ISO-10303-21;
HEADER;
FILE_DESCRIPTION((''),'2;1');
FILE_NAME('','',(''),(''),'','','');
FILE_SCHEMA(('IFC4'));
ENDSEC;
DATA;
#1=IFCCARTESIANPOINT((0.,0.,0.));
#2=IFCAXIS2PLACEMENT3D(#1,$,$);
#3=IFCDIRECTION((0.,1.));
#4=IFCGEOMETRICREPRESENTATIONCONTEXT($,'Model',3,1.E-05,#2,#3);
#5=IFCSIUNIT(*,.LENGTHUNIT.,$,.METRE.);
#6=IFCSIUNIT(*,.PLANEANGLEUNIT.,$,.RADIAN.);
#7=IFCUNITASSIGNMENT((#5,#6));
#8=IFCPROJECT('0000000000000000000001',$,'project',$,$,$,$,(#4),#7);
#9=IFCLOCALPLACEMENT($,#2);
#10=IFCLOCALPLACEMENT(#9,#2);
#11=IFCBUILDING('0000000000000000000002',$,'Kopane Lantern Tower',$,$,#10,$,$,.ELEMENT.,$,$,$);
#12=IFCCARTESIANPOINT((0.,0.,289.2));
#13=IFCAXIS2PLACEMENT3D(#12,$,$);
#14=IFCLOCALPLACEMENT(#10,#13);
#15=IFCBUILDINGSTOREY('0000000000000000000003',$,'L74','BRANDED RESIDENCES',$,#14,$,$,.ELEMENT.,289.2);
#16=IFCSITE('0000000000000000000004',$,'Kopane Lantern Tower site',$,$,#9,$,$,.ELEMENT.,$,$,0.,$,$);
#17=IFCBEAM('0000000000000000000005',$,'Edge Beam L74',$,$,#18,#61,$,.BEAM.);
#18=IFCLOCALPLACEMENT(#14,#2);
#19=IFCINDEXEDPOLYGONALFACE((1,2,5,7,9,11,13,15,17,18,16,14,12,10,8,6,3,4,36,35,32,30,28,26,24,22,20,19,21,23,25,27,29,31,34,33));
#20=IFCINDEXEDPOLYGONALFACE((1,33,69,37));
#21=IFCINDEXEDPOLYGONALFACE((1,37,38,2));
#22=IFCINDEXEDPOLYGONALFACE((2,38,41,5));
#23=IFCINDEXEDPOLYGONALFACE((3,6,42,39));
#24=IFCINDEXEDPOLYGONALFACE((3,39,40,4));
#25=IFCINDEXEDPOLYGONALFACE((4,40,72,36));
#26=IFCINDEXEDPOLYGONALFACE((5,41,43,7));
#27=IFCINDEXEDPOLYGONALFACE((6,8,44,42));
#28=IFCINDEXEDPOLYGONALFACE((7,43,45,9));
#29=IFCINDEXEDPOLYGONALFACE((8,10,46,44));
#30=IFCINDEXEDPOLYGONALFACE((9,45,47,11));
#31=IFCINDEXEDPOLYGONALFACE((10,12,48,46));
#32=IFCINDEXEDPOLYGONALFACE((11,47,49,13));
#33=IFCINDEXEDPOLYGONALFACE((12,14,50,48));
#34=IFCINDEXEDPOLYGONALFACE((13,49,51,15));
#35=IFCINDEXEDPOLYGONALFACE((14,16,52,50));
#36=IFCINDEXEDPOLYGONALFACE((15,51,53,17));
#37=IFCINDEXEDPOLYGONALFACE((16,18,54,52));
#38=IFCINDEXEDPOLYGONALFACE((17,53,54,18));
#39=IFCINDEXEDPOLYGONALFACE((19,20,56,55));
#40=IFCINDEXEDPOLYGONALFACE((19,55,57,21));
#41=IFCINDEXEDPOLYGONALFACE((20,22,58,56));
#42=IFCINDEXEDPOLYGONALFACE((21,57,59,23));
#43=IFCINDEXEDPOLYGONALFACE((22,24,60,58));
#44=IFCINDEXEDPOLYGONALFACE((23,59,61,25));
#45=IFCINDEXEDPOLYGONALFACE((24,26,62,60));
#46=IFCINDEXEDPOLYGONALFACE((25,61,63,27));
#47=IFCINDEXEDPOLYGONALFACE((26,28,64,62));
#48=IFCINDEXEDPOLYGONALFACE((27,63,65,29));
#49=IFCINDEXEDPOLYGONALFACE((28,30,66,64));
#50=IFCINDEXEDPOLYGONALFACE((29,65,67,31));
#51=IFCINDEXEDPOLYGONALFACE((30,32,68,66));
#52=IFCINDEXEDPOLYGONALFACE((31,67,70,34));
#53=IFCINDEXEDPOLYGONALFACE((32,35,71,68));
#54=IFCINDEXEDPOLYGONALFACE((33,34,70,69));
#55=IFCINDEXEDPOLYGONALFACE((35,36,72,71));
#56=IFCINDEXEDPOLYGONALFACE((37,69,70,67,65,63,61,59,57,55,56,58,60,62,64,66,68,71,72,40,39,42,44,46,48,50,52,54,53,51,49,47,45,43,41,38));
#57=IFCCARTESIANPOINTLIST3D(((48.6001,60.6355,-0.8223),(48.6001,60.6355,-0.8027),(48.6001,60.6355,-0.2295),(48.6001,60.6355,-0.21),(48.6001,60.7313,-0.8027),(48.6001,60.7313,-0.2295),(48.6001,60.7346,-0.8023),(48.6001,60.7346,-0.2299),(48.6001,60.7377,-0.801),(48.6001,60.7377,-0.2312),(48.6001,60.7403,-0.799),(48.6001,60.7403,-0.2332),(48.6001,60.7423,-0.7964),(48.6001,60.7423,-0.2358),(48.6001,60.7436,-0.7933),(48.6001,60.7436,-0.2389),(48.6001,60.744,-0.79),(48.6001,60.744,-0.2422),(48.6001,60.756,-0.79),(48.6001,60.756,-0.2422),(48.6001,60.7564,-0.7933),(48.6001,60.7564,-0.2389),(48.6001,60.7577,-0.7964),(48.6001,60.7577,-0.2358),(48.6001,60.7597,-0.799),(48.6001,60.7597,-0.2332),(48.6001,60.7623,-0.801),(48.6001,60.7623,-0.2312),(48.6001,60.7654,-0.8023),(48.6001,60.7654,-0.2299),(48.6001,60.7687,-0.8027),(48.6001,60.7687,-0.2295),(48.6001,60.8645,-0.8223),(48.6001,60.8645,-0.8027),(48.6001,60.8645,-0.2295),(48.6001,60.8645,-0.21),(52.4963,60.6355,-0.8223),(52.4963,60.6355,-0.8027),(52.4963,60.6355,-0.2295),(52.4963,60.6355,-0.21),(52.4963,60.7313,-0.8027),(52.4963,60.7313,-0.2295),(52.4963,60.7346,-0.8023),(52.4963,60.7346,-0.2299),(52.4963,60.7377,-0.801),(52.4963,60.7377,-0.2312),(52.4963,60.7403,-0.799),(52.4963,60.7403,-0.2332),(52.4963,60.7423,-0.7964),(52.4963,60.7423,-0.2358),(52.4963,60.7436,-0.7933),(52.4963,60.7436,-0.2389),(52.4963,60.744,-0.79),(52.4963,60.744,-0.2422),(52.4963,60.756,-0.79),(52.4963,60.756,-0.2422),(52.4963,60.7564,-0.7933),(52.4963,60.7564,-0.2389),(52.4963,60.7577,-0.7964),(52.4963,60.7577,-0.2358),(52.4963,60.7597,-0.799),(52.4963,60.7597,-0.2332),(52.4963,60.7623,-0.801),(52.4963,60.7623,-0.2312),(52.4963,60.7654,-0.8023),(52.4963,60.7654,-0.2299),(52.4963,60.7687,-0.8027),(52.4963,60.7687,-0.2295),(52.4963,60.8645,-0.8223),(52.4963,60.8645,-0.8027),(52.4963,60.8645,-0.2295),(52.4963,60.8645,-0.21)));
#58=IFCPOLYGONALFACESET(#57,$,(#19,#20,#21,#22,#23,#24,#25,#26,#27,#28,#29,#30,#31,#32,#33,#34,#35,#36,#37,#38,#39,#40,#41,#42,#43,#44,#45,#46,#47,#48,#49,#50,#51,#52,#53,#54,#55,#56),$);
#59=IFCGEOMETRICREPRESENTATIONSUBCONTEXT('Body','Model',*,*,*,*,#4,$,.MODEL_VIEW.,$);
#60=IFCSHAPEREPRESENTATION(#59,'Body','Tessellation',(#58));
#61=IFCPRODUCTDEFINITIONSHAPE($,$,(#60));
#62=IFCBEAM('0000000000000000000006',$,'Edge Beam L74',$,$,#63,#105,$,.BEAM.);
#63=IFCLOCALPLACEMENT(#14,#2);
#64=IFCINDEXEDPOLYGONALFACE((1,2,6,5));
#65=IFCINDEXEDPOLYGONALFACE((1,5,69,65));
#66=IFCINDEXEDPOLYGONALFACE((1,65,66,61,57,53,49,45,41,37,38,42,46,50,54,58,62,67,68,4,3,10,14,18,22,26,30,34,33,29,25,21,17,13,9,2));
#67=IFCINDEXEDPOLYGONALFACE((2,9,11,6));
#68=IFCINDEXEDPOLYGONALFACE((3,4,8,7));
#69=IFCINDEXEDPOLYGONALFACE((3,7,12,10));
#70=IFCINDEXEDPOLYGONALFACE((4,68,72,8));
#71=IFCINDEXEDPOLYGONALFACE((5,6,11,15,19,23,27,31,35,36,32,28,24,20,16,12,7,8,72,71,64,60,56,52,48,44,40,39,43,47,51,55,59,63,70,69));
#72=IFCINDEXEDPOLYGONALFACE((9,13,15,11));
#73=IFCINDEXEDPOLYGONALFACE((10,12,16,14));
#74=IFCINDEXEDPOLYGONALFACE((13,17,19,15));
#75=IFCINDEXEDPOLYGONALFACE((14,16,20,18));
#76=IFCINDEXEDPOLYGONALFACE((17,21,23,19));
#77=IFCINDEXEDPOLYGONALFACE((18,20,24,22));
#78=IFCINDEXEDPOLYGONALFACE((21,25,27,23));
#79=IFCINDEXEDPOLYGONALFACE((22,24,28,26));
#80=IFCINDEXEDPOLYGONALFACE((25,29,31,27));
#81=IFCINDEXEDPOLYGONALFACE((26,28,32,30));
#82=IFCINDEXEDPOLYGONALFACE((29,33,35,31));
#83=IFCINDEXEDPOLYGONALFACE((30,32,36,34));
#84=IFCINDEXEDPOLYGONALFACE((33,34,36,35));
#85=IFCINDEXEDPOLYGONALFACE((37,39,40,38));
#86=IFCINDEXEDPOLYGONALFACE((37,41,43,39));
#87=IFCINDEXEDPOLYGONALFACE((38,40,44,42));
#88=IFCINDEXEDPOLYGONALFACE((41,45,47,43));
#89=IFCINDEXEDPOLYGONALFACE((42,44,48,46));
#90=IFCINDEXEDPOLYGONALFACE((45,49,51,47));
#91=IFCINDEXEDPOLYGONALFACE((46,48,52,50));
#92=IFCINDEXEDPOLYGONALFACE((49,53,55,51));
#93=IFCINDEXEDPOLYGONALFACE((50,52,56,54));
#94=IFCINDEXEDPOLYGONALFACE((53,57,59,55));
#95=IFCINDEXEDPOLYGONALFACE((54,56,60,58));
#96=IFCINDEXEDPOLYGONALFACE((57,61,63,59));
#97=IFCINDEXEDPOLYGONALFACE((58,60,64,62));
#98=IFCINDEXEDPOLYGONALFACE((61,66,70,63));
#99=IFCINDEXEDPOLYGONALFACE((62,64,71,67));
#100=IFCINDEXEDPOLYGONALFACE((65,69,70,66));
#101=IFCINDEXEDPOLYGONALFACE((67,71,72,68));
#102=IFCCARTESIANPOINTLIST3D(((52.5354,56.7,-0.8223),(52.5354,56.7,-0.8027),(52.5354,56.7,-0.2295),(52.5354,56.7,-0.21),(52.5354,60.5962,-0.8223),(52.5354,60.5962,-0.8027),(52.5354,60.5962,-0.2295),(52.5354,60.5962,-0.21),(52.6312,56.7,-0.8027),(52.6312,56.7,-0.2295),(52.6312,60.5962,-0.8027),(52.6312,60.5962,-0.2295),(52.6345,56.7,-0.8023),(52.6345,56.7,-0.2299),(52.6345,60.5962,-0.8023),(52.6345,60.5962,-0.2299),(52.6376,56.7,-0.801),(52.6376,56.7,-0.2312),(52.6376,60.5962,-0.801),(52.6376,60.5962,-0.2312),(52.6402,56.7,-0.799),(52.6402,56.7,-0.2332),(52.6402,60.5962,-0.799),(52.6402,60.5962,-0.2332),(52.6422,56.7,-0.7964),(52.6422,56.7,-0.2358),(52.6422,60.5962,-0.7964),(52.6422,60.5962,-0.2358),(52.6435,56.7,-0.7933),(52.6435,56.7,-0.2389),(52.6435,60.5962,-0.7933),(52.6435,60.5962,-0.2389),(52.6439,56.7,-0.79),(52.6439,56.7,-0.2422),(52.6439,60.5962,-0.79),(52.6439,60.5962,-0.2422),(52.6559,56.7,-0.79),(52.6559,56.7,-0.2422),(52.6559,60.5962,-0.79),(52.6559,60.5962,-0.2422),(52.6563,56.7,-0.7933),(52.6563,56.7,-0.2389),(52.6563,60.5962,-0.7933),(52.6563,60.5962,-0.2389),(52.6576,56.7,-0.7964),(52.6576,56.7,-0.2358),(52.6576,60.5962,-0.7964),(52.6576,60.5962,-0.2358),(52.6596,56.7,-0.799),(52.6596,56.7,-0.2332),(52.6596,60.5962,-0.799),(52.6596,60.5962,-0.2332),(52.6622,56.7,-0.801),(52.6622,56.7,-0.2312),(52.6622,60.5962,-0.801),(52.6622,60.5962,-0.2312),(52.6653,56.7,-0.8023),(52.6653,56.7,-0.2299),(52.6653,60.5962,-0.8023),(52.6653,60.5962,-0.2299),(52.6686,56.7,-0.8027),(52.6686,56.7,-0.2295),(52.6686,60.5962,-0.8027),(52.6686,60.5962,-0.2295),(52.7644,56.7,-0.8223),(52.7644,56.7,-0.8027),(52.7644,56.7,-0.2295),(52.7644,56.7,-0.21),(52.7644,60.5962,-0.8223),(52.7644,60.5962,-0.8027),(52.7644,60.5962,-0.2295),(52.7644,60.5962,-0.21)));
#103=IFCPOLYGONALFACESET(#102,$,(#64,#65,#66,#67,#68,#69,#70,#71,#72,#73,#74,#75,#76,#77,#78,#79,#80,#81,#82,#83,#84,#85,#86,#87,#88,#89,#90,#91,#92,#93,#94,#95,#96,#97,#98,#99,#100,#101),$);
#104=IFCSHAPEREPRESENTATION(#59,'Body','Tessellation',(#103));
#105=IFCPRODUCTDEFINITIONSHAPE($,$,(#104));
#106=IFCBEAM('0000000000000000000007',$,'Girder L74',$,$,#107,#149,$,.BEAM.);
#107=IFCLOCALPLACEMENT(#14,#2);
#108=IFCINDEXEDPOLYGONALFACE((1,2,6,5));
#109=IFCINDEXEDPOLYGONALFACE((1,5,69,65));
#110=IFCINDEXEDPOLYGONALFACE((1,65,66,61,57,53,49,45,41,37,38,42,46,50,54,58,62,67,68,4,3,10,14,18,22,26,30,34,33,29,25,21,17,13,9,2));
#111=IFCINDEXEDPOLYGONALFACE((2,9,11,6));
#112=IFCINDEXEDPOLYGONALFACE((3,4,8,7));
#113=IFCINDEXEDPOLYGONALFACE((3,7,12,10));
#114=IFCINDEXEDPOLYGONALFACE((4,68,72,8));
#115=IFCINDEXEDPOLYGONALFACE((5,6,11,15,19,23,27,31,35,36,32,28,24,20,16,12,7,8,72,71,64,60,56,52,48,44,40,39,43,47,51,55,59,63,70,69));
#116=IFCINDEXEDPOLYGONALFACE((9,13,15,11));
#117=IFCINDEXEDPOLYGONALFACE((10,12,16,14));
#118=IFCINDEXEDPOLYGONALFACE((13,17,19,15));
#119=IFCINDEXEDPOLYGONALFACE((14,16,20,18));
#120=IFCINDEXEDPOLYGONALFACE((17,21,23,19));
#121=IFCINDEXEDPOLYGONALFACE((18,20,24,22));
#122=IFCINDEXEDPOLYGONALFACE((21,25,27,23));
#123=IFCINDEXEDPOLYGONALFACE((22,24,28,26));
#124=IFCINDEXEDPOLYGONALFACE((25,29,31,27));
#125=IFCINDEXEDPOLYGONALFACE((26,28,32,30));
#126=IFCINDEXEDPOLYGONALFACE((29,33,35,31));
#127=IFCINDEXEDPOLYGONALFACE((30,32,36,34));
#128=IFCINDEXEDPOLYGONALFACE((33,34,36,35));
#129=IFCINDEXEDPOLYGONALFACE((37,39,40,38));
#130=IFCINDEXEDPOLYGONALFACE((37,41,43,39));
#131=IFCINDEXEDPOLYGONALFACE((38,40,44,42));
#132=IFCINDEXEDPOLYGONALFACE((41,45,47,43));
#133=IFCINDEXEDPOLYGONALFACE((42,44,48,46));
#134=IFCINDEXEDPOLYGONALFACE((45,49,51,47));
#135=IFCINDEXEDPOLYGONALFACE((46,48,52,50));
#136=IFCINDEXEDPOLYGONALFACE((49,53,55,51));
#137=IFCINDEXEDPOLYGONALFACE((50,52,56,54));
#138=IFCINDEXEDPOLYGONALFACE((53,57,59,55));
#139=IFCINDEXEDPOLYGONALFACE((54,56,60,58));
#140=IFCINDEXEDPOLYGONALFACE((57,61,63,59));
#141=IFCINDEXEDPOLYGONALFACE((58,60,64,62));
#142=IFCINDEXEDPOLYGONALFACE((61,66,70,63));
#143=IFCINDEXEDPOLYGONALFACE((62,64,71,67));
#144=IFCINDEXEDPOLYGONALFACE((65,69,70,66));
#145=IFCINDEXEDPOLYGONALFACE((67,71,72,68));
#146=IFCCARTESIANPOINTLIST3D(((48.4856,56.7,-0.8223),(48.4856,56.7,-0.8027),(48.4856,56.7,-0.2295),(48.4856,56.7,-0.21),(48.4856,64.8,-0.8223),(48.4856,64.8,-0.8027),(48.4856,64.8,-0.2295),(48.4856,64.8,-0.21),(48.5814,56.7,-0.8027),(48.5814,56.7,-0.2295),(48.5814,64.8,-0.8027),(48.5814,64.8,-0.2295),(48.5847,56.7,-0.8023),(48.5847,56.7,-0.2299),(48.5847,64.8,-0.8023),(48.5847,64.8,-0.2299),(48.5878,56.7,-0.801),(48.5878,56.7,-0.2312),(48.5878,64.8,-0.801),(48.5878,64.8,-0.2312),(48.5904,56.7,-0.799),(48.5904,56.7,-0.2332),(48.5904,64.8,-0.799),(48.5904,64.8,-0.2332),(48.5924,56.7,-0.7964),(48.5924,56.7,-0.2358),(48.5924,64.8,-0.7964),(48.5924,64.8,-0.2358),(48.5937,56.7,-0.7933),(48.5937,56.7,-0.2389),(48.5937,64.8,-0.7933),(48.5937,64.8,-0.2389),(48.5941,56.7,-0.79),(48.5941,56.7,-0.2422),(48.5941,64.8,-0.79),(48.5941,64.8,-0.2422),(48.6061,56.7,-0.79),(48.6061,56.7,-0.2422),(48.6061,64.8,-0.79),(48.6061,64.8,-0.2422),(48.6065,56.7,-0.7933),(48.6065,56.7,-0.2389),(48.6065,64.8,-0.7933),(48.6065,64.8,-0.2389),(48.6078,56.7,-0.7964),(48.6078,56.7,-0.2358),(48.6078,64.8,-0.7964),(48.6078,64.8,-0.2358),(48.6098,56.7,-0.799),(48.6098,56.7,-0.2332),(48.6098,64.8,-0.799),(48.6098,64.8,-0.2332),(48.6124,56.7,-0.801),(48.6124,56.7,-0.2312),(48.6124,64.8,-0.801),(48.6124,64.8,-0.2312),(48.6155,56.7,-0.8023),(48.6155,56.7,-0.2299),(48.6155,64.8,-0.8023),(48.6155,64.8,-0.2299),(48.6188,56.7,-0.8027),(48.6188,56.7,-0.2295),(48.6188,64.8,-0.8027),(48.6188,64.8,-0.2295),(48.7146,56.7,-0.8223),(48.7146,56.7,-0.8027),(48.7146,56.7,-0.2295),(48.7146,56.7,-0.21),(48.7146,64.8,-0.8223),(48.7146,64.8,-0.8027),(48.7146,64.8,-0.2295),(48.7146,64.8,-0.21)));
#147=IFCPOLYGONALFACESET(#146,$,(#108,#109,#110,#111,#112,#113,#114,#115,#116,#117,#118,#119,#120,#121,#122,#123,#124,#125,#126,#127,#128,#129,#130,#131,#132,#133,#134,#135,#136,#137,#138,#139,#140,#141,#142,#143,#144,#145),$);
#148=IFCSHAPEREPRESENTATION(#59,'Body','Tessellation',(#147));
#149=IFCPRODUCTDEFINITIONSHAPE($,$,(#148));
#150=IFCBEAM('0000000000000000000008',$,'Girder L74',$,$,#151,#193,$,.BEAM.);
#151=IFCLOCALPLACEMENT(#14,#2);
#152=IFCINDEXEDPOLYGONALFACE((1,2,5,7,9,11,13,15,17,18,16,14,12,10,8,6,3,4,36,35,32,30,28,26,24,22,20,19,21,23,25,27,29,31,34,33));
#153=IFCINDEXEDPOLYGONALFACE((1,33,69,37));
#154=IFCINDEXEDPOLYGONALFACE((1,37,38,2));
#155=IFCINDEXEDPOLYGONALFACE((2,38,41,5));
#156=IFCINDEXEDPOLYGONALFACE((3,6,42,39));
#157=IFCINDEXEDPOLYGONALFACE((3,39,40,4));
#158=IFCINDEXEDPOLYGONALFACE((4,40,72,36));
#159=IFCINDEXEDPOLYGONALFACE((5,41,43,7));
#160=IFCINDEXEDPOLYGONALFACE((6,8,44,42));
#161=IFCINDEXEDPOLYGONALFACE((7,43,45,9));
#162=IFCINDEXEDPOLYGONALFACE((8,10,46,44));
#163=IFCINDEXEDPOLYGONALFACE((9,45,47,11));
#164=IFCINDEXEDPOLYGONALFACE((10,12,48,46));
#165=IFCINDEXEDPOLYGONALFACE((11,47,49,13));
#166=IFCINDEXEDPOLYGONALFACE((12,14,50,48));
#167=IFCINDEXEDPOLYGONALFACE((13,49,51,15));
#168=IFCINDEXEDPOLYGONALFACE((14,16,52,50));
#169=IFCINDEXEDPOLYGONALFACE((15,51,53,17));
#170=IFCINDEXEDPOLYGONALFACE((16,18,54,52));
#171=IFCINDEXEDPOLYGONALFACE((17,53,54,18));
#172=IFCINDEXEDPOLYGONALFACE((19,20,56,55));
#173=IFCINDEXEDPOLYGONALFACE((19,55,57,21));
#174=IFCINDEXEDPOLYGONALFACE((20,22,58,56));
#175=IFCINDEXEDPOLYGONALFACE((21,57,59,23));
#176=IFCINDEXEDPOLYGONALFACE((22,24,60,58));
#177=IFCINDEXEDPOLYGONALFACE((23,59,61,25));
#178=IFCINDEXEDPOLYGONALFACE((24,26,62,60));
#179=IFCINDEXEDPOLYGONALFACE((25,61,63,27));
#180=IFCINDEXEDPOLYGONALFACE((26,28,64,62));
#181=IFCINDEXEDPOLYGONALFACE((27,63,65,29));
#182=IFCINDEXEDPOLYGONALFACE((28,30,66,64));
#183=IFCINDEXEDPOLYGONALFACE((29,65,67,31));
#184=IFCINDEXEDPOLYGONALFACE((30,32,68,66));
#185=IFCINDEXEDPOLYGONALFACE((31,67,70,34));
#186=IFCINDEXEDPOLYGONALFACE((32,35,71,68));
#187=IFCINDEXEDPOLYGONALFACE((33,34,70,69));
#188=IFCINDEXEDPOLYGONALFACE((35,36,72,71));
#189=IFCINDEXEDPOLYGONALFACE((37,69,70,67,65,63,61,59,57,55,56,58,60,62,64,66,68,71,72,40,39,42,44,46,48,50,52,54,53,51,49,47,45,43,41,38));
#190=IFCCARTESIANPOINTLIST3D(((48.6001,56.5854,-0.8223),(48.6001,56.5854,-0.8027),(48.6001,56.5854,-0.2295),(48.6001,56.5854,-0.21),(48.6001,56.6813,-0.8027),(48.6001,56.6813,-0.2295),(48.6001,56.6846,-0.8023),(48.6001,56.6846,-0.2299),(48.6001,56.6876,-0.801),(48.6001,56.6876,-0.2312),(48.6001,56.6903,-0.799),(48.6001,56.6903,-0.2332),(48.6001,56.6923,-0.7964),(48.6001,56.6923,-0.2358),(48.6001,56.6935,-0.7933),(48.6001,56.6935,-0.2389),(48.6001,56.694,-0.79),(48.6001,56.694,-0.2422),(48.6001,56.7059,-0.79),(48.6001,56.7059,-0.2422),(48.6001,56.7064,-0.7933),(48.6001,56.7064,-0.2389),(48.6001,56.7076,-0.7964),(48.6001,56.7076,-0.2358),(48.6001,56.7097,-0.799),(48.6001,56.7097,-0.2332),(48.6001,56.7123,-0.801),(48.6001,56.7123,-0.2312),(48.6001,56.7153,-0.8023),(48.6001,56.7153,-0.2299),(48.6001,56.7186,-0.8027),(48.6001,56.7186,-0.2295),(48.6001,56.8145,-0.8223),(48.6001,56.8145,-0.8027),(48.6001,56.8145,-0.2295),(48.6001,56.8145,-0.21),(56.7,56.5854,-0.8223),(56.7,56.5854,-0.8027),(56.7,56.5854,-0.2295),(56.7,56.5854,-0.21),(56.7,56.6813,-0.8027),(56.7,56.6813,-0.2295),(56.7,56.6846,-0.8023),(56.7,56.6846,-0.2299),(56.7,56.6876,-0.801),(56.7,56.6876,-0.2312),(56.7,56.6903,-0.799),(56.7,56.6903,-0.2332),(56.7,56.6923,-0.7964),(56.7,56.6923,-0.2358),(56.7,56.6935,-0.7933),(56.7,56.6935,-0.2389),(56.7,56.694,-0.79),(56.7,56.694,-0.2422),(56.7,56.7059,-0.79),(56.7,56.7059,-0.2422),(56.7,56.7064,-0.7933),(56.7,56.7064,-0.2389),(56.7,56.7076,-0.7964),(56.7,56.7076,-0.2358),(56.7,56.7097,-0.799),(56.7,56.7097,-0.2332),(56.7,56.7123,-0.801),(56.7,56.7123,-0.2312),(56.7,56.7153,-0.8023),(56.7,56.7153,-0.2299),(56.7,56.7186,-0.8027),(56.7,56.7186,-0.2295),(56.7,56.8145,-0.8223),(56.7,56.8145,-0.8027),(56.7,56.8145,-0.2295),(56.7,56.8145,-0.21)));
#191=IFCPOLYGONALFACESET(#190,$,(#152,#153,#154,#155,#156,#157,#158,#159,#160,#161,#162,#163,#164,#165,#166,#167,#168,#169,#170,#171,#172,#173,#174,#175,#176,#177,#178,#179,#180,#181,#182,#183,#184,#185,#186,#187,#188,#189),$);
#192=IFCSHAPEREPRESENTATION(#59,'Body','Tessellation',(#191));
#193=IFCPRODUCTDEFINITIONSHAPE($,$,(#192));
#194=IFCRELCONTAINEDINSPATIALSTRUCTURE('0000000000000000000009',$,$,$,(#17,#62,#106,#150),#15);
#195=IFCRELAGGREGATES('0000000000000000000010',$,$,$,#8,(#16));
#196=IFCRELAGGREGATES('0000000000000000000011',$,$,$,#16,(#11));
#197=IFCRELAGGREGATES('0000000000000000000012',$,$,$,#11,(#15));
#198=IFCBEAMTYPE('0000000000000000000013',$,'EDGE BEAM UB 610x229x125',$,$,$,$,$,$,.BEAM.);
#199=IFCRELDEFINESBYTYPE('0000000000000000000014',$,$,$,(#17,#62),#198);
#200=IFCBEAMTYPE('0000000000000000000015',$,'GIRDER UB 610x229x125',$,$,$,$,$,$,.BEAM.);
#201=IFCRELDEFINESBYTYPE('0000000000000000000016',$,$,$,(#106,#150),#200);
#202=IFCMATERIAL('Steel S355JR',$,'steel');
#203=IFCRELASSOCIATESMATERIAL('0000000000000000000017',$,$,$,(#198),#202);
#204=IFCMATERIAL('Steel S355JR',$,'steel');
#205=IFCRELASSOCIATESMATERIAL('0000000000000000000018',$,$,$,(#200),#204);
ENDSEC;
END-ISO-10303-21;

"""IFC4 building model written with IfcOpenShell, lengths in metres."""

from ifc_helpers import new_model, si_unit, direction, frame, origin, origin_2d, place, context, subcontext, project, spatial, i_section, extrude, material, material_profile, profile_set, type_object, element, save


model = new_model("IFC4")

# Units and contexts
model_context = context("Model", 3, precision=1e-05, world=origin(), true_north=direction((0.0, 1.0)))
body_context = subcontext(model_context, "Body", "Model", "MODEL_VIEW")
ifc_project = project(units=[si_unit("LENGTHUNIT", "METRE"), si_unit("PLANEANGLEUNIT", "RADIAN")], contexts=[model_context])

# Site, building, storey
site_placement = place(None, origin())
site = spatial("IfcSite", under=ifc_project, at=site_placement, Name="Kopane Lantern Tower site", CompositionType="ELEMENT", RefElevation=0.0)
building_placement = place(site_placement, origin())
building = spatial("IfcBuilding", under=site, at=building_placement, Name="Kopane Lantern Tower", CompositionType="ELEMENT")
storey_placement = place(building_placement, frame((0.0, 0.0, 289.2)))
storey = spatial("IfcBuildingStorey", under=building, at=storey_placement, Name="L74", Description="BRANDED RESIDENCES", CompositionType="ELEMENT", Elevation=289.2)

# Beams
ifc_material_1 = material(Name="Steel S355JR", Category="steel")
ifc_material_profile_1 = material_profile(ifc_material_1, i_section(OverallWidth=0.229, OverallDepth=0.6123, WebThickness=0.012, FlangeThickness=0.0195, FilletRadius=0.0127, at=origin_2d()), Name="UB 610x229x125")
ifc_profile_set_1 = profile_set([ifc_material_profile_1], Name="Steel S355JR")
beam_type_1 = type_object("IfcBeamType", Name="EDGE BEAM UB 610x229x125", PredefinedType="BEAM", material=ifc_profile_set_1)
for number, where, z_axis, x_axis, name in (
    (1, (52.4963, 60.75, -0.5161), (-1.0, 0.0, 0.0), (0.0, -1.0, 0.0), "Edge Beam L74"),
    (2, (52.6499, 60.5962, -0.5161), (0.0, -1.0, 0.0), (1.0, 0.0, 0.0), "Edge Beam L74"),
):
    element("IfcBeam", number, at=place(storey_placement, frame(where, z_axis=z_axis, x_axis=x_axis)), inside=storey, type_object=beam_type_1, Name=name, PredefinedType="BEAM", context=body_context, shape_type="SweptSolid", body=[
        extrude(i_section(OverallWidth=0.229, OverallDepth=0.6123, WebThickness=0.012, FlangeThickness=0.0195, FilletRadius=0.0127, at=origin_2d()), origin(), (0.0, 0.0, 1.0), 3.8962),
    ])
ifc_material_2 = material(Name="Steel S355JR", Category="steel")
ifc_material_profile_2 = material_profile(ifc_material_2, i_section(OverallWidth=0.229, OverallDepth=0.6123, WebThickness=0.012, FlangeThickness=0.0195, FilletRadius=0.0127, at=origin_2d()), Name="UB 610x229x125")
ifc_profile_set_2 = profile_set([ifc_material_profile_2], Name="Steel S355JR")
beam_type_2 = type_object("IfcBeamType", Name="GIRDER UB 610x229x125", PredefinedType="BEAM", material=ifc_profile_set_2)
beam_1_placement = place(storey_placement, frame((48.6001, 56.7, -0.5161), z_axis=(0.0, 1.0, 0.0), x_axis=(-1.0, 0.0, 0.0)))
element("IfcBeam", 3, at=beam_1_placement, inside=storey, type_object=beam_type_2, Name="Girder L74", PredefinedType="BEAM", context=body_context, shape_type="SweptSolid", body=[
    extrude(i_section(OverallWidth=0.229, OverallDepth=0.6123, WebThickness=0.012, FlangeThickness=0.0195, FilletRadius=0.0127, at=origin_2d()), origin(), (0.0, 0.0, 1.0), 8.1001),
])
beam_2_placement = place(storey_placement, frame((48.6001, 56.7, -0.5161), z_axis=(1.0, 0.0, 0.0), x_axis=(0.0, 1.0, 0.0)))
element("IfcBeam", 4, at=beam_2_placement, inside=storey, type_object=beam_type_2, Name="Girder L74", PredefinedType="BEAM", context=body_context, shape_type="SweptSolid", body=[
    extrude(i_section(OverallWidth=0.229, OverallDepth=0.6123, WebThickness=0.012, FlangeThickness=0.0195, FilletRadius=0.0127, at=origin_2d()), origin(), (0.0, 0.0, 1.0), 8.0999),
])

save(model, "model.ifc")
